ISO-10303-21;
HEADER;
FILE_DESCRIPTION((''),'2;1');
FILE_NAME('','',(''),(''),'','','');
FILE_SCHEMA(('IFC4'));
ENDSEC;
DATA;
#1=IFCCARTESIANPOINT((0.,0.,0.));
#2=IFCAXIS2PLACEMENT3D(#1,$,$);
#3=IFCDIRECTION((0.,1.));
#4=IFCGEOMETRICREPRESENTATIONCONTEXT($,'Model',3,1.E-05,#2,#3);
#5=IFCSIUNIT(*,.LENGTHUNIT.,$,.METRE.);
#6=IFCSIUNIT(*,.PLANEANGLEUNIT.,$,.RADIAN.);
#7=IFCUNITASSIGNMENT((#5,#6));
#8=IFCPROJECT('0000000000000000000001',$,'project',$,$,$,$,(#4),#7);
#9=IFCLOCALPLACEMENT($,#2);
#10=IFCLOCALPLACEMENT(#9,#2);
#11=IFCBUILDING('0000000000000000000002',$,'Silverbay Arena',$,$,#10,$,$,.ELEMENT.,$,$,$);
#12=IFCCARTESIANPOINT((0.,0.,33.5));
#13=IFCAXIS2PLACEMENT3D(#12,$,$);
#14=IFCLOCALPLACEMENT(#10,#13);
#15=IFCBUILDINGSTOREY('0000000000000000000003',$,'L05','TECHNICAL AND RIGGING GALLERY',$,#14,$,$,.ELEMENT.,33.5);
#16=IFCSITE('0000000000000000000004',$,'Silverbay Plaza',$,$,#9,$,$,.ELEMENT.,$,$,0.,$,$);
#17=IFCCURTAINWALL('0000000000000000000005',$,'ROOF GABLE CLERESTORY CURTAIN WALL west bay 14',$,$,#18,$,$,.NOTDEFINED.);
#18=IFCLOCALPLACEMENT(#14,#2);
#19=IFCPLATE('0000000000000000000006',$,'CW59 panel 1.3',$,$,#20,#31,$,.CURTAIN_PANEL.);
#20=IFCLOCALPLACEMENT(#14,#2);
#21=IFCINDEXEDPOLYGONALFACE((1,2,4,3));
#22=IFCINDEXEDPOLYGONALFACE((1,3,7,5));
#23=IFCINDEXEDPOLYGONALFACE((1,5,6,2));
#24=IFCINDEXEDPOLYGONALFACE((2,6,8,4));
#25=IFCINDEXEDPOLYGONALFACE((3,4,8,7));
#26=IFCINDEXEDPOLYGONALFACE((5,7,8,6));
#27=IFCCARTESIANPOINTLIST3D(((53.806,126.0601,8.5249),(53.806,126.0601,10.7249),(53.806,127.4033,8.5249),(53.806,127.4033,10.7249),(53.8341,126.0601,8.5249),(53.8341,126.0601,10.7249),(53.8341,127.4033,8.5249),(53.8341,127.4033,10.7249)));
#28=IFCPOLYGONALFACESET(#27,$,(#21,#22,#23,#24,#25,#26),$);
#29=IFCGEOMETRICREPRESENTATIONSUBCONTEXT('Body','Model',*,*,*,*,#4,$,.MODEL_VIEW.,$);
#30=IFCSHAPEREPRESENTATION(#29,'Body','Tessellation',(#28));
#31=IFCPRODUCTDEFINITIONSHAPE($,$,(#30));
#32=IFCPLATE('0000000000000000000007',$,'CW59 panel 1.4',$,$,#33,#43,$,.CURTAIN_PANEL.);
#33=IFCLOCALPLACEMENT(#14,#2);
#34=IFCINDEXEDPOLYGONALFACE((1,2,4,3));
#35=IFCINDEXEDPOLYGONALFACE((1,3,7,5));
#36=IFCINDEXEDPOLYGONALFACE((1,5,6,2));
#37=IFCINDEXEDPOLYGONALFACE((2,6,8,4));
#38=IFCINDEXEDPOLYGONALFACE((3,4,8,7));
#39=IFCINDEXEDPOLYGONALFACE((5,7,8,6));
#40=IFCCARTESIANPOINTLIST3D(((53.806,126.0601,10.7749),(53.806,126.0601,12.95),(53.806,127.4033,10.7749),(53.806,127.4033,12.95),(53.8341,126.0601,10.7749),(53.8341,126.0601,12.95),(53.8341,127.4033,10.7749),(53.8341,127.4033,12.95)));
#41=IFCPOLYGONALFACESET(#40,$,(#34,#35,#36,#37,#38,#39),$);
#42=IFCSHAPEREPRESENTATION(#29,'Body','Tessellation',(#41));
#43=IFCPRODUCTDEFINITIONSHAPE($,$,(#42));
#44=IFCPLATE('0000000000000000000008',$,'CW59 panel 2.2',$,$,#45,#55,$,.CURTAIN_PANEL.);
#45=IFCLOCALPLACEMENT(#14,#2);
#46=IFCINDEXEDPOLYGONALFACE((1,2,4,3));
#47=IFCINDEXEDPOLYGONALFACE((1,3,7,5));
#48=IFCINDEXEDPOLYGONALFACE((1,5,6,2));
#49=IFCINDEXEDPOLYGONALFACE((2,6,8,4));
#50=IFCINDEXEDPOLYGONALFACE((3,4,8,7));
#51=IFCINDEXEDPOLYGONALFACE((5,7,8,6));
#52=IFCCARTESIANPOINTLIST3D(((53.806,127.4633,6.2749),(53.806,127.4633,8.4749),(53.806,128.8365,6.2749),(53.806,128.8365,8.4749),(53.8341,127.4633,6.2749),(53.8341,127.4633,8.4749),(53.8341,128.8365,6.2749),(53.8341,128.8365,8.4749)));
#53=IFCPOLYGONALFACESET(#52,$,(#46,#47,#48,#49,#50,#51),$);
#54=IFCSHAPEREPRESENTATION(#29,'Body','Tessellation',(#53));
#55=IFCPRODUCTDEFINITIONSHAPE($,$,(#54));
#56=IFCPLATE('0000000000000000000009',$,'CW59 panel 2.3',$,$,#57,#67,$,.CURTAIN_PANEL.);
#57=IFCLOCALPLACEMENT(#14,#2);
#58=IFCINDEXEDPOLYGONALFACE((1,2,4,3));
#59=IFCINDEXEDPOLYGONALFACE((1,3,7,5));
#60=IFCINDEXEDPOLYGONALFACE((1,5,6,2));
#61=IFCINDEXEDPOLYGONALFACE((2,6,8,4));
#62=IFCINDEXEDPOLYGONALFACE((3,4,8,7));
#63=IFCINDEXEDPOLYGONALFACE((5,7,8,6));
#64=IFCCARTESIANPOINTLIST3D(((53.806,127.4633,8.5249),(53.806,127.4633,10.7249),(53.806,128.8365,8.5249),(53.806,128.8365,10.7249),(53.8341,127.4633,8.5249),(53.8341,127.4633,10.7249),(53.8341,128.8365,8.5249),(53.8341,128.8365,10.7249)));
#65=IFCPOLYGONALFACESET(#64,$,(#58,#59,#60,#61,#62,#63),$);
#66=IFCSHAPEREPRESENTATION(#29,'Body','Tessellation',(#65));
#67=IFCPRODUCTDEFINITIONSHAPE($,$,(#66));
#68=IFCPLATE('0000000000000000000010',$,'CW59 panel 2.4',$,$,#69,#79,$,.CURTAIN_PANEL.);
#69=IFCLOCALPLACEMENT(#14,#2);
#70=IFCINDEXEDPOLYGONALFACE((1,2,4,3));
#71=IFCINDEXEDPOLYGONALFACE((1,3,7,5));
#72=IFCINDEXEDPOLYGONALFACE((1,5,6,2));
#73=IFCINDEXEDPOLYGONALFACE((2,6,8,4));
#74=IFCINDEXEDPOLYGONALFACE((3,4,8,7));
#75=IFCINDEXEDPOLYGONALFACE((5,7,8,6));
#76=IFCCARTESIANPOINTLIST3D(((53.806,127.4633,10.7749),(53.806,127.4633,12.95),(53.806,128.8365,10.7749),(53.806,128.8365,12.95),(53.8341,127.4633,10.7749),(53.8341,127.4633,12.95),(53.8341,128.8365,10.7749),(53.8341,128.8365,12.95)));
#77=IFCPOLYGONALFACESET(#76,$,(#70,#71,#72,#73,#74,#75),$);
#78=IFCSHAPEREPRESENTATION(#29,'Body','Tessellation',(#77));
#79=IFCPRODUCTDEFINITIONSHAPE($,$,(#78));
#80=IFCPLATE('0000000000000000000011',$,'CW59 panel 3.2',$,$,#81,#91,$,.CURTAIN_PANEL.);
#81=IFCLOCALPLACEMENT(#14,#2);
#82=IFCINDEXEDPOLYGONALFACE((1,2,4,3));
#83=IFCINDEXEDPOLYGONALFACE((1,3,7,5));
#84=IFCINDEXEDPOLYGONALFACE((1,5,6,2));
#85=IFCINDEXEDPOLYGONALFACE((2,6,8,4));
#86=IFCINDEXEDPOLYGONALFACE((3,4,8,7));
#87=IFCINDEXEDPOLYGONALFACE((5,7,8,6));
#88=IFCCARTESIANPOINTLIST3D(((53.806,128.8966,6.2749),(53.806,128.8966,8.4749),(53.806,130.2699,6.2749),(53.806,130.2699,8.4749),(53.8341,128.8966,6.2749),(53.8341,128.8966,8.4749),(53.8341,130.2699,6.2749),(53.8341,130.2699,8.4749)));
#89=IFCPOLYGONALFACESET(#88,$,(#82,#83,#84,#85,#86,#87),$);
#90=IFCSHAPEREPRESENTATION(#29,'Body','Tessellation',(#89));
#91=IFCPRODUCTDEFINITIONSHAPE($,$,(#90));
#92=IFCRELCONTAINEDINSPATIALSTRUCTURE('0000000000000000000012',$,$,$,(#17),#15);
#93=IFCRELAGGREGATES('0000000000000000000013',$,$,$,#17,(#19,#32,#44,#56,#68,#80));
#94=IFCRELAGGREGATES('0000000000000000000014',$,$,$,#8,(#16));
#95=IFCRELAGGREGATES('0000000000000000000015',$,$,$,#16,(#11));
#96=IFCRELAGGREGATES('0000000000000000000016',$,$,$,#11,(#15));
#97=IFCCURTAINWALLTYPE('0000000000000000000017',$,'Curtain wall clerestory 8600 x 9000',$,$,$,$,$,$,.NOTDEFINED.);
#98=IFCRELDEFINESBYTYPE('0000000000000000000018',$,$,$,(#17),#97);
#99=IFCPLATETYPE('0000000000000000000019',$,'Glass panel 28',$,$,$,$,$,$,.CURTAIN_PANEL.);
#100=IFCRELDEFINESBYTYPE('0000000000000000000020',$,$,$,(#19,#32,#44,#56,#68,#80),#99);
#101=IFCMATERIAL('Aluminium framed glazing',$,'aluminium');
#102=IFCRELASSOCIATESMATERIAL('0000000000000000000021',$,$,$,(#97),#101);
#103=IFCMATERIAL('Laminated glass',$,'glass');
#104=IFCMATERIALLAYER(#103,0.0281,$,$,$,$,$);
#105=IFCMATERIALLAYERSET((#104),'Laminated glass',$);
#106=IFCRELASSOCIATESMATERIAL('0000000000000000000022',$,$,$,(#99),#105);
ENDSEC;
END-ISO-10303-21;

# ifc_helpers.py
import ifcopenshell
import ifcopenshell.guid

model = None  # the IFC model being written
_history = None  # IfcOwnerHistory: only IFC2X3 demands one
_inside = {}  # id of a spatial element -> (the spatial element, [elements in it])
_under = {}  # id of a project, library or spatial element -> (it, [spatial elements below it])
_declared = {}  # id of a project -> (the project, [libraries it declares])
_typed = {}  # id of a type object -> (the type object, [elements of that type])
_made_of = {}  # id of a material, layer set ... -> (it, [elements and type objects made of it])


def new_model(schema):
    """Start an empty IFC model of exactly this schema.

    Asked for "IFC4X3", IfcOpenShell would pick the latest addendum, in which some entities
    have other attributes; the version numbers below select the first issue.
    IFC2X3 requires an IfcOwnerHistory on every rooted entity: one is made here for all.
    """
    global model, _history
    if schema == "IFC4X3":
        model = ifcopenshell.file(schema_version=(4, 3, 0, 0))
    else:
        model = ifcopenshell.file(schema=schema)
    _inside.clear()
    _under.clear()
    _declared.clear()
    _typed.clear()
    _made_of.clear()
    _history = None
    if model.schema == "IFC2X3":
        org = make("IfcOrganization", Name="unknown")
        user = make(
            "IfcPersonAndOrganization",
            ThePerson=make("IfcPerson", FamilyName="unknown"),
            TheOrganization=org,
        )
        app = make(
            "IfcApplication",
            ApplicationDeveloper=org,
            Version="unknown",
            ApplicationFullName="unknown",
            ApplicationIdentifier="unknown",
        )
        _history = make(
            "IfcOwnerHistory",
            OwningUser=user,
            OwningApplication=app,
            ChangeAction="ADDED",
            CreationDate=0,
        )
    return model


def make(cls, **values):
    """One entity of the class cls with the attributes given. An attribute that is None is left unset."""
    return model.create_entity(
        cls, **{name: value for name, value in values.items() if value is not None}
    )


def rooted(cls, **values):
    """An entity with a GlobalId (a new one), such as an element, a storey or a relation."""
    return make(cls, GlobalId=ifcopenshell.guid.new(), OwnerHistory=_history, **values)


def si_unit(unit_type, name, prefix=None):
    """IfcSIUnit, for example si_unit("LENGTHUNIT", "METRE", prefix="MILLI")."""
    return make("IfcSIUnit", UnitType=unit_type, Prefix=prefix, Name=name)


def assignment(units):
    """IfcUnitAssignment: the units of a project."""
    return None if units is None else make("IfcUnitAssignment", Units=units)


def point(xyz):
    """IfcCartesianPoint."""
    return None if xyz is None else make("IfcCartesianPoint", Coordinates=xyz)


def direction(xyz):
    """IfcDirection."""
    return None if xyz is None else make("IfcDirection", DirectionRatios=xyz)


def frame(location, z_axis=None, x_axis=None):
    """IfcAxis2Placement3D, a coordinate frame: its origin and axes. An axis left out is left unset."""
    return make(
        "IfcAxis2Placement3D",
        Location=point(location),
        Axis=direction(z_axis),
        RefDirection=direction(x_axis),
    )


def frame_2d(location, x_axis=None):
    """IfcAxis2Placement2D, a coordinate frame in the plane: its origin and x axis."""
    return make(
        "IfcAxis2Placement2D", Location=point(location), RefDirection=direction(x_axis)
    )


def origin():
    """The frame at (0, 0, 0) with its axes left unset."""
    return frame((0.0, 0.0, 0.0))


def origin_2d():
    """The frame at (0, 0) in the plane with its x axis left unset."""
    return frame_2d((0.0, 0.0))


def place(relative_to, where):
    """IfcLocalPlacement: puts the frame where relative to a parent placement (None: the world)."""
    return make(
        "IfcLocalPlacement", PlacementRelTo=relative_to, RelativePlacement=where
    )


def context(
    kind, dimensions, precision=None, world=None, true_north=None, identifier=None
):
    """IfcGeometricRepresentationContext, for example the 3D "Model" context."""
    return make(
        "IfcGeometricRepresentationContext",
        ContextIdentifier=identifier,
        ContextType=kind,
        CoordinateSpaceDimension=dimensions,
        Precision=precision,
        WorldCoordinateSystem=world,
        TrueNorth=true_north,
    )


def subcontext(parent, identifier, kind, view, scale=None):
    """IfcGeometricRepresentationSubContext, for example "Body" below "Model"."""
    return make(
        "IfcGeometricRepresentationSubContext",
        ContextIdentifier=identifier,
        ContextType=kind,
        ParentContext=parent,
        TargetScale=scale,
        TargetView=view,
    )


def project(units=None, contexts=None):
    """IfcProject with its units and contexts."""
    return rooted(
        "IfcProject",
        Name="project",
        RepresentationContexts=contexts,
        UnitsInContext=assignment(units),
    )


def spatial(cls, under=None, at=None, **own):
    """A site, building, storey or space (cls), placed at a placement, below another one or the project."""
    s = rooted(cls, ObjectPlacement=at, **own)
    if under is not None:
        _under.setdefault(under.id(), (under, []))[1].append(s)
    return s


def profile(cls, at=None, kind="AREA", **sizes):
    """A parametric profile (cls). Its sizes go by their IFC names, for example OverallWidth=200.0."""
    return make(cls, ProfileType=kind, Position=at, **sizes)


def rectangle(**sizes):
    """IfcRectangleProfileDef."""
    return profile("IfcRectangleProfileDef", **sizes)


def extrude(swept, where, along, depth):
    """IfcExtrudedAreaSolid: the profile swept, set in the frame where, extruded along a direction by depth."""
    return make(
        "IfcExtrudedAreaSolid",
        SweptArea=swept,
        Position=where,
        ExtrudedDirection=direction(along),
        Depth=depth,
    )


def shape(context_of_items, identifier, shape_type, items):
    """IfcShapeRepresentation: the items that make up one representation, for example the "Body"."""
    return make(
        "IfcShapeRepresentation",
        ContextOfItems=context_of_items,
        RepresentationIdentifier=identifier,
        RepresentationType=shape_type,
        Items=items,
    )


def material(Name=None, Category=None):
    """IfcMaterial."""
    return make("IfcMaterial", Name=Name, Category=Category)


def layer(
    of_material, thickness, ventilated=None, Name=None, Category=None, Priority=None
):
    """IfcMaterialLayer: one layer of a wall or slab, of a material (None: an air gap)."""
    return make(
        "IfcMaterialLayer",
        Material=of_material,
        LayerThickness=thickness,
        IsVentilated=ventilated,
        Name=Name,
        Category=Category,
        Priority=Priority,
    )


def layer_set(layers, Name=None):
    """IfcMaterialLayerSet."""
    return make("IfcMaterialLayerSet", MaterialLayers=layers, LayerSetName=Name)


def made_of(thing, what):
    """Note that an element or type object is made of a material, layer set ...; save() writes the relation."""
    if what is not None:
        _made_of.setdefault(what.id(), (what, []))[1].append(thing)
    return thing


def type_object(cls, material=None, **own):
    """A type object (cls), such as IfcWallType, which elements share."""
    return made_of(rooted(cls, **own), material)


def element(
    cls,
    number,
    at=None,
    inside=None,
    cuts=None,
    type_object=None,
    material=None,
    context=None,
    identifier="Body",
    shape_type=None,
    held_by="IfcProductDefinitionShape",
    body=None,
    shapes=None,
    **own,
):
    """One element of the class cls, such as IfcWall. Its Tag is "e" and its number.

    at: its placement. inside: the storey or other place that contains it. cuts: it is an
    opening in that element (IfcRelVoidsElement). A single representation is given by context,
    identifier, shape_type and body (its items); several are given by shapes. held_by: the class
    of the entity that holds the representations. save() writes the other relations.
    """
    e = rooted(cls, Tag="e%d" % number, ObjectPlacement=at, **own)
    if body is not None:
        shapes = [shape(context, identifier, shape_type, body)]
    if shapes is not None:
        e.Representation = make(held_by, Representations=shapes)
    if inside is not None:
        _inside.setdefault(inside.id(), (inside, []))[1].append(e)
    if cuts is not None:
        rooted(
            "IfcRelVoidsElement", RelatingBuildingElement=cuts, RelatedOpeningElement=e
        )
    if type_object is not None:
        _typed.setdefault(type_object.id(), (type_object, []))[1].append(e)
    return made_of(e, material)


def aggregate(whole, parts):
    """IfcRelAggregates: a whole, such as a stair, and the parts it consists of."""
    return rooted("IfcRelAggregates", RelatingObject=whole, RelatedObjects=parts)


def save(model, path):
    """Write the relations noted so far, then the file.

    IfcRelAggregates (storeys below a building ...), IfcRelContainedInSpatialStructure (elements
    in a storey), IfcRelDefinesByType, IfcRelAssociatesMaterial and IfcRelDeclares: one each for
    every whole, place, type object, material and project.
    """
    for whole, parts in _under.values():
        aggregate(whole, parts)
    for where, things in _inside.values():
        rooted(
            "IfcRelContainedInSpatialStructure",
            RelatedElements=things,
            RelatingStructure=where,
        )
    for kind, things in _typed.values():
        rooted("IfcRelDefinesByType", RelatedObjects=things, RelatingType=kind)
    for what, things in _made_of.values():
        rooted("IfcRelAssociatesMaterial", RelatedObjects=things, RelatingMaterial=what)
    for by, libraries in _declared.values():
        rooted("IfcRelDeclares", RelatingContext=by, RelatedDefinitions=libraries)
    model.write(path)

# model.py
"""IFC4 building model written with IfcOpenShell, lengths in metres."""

from ifc_helpers import new_model, si_unit, direction, frame, origin, origin_2d, place, context, subcontext, project, spatial, rectangle, extrude, material, layer, layer_set, type_object, element, aggregate, save


model = new_model("IFC4")

# Units and contexts
model_context = context("Model", 3, precision=1e-05, world=origin(), true_north=direction((0.0, 1.0)))
body_context = subcontext(model_context, "Body", "Model", "MODEL_VIEW")
ifc_project = project(units=[si_unit("LENGTHUNIT", "METRE"), si_unit("PLANEANGLEUNIT", "RADIAN")], contexts=[model_context])

# Site, building, storey
site_placement = place(None, origin())
site = spatial("IfcSite", under=ifc_project, at=site_placement, Name="Silverbay Plaza", CompositionType="ELEMENT", RefElevation=0.0)
building_placement = place(site_placement, origin())
building = spatial("IfcBuilding", under=site, at=building_placement, Name="Silverbay Arena", CompositionType="ELEMENT")
storey_placement = place(building_placement, frame((0.0, 0.0, 33.5)))
storey = spatial("IfcBuildingStorey", under=building, at=storey_placement, Name="L05", Description="TECHNICAL AND RIGGING GALLERY", CompositionType="ELEMENT", Elevation=33.5)

# Curtain wall
ifc_material_1 = material(Name="Aluminium framed glazing", Category="aluminium")
curtain_wall_type_1 = type_object("IfcCurtainWallType", Name="Curtain wall clerestory 8600 x 9000", PredefinedType="NOTDEFINED", material=ifc_material_1)
curtain_wall_1_placement = place(storey_placement, origin())
curtain_wall_1 = element("IfcCurtainWall", 1, at=curtain_wall_1_placement, inside=storey, type_object=curtain_wall_type_1, Name="ROOF GABLE CLERESTORY CURTAIN WALL west bay 14", PredefinedType="NOTDEFINED")

# Plates
ifc_material_2 = material(Name="Laminated glass", Category="glass")
ifc_layer = layer(ifc_material_2, 0.0281)
ifc_layer_set = layer_set([ifc_layer], Name="Laminated glass")
plate_type = type_object("IfcPlateType", Name="Glass panel 28", PredefinedType="CURTAIN_PANEL", material=ifc_layer_set)
plate_1_placement = place(storey_placement, frame((53.8201, 126.7317, 8.5249), z_axis=(0.0, 0.0, 1.0), x_axis=(0.0, 1.0, 0.0)))
plate_1 = element("IfcPlate", 2, at=plate_1_placement, type_object=plate_type, Name="CW59 panel 1.3", PredefinedType="CURTAIN_PANEL", context=body_context, shape_type="SweptSolid", body=[
    extrude(rectangle(XDim=1.3433, YDim=0.0281, at=origin_2d()), origin(), (0.0, 0.0, 1.0), 2.2),
])
plate_2_placement = place(storey_placement, frame((53.8201, 126.7317, 10.7749), z_axis=(0.0, 0.0, 1.0), x_axis=(0.0, 1.0, 0.0)))
plate_2 = element("IfcPlate", 3, at=plate_2_placement, type_object=plate_type, Name="CW59 panel 1.4", PredefinedType="CURTAIN_PANEL", context=body_context, shape_type="SweptSolid", body=[
    extrude(rectangle(XDim=1.3433, YDim=0.0281, at=origin_2d()), origin(), (0.0, 0.0, 1.0), 2.175),
])
plate_3_placement = place(storey_placement, frame((53.8201, 128.1499, 6.2749), z_axis=(0.0, 0.0, 1.0), x_axis=(0.0, 1.0, 0.0)))
plate_3 = element("IfcPlate", 4, at=plate_3_placement, type_object=plate_type, Name="CW59 panel 2.2", PredefinedType="CURTAIN_PANEL", context=body_context, shape_type="SweptSolid", body=[
    extrude(rectangle(XDim=1.3733, YDim=0.0281, at=origin_2d()), origin(), (0.0, 0.0, 1.0), 2.2),
])
plate_4_placement = place(storey_placement, frame((53.8201, 128.1499, 8.5249), z_axis=(0.0, 0.0, 1.0), x_axis=(0.0, 1.0, 0.0)))
plate_4 = element("IfcPlate", 5, at=plate_4_placement, type_object=plate_type, Name="CW59 panel 2.3", PredefinedType="CURTAIN_PANEL", context=body_context, shape_type="SweptSolid", body=[
    extrude(rectangle(XDim=1.3733, YDim=0.0281, at=origin_2d()), origin(), (0.0, 0.0, 1.0), 2.2),
])
plate_5_placement = place(storey_placement, frame((53.8201, 128.1499, 10.7749), z_axis=(0.0, 0.0, 1.0), x_axis=(0.0, 1.0, 0.0)))
plate_5 = element("IfcPlate", 6, at=plate_5_placement, type_object=plate_type, Name="CW59 panel 2.4", PredefinedType="CURTAIN_PANEL", context=body_context, shape_type="SweptSolid", body=[
    extrude(rectangle(XDim=1.3733, YDim=0.0281, at=origin_2d()), origin(), (0.0, 0.0, 1.0), 2.175),
])
plate_6_placement = place(storey_placement, frame((53.8201, 129.5833, 6.2749), z_axis=(0.0, 0.0, 1.0), x_axis=(0.0, 1.0, 0.0)))
plate_6 = element("IfcPlate", 7, at=plate_6_placement, type_object=plate_type, Name="CW59 panel 3.2", PredefinedType="CURTAIN_PANEL", context=body_context, shape_type="SweptSolid", body=[
    extrude(rectangle(XDim=1.3733, YDim=0.0281, at=origin_2d()), origin(), (0.0, 0.0, 1.0), 2.2),
])
aggregate(curtain_wall_1, [plate_1, plate_2, plate_3, plate_4, plate_5, plate_6])

save(model, "model.ifc")
